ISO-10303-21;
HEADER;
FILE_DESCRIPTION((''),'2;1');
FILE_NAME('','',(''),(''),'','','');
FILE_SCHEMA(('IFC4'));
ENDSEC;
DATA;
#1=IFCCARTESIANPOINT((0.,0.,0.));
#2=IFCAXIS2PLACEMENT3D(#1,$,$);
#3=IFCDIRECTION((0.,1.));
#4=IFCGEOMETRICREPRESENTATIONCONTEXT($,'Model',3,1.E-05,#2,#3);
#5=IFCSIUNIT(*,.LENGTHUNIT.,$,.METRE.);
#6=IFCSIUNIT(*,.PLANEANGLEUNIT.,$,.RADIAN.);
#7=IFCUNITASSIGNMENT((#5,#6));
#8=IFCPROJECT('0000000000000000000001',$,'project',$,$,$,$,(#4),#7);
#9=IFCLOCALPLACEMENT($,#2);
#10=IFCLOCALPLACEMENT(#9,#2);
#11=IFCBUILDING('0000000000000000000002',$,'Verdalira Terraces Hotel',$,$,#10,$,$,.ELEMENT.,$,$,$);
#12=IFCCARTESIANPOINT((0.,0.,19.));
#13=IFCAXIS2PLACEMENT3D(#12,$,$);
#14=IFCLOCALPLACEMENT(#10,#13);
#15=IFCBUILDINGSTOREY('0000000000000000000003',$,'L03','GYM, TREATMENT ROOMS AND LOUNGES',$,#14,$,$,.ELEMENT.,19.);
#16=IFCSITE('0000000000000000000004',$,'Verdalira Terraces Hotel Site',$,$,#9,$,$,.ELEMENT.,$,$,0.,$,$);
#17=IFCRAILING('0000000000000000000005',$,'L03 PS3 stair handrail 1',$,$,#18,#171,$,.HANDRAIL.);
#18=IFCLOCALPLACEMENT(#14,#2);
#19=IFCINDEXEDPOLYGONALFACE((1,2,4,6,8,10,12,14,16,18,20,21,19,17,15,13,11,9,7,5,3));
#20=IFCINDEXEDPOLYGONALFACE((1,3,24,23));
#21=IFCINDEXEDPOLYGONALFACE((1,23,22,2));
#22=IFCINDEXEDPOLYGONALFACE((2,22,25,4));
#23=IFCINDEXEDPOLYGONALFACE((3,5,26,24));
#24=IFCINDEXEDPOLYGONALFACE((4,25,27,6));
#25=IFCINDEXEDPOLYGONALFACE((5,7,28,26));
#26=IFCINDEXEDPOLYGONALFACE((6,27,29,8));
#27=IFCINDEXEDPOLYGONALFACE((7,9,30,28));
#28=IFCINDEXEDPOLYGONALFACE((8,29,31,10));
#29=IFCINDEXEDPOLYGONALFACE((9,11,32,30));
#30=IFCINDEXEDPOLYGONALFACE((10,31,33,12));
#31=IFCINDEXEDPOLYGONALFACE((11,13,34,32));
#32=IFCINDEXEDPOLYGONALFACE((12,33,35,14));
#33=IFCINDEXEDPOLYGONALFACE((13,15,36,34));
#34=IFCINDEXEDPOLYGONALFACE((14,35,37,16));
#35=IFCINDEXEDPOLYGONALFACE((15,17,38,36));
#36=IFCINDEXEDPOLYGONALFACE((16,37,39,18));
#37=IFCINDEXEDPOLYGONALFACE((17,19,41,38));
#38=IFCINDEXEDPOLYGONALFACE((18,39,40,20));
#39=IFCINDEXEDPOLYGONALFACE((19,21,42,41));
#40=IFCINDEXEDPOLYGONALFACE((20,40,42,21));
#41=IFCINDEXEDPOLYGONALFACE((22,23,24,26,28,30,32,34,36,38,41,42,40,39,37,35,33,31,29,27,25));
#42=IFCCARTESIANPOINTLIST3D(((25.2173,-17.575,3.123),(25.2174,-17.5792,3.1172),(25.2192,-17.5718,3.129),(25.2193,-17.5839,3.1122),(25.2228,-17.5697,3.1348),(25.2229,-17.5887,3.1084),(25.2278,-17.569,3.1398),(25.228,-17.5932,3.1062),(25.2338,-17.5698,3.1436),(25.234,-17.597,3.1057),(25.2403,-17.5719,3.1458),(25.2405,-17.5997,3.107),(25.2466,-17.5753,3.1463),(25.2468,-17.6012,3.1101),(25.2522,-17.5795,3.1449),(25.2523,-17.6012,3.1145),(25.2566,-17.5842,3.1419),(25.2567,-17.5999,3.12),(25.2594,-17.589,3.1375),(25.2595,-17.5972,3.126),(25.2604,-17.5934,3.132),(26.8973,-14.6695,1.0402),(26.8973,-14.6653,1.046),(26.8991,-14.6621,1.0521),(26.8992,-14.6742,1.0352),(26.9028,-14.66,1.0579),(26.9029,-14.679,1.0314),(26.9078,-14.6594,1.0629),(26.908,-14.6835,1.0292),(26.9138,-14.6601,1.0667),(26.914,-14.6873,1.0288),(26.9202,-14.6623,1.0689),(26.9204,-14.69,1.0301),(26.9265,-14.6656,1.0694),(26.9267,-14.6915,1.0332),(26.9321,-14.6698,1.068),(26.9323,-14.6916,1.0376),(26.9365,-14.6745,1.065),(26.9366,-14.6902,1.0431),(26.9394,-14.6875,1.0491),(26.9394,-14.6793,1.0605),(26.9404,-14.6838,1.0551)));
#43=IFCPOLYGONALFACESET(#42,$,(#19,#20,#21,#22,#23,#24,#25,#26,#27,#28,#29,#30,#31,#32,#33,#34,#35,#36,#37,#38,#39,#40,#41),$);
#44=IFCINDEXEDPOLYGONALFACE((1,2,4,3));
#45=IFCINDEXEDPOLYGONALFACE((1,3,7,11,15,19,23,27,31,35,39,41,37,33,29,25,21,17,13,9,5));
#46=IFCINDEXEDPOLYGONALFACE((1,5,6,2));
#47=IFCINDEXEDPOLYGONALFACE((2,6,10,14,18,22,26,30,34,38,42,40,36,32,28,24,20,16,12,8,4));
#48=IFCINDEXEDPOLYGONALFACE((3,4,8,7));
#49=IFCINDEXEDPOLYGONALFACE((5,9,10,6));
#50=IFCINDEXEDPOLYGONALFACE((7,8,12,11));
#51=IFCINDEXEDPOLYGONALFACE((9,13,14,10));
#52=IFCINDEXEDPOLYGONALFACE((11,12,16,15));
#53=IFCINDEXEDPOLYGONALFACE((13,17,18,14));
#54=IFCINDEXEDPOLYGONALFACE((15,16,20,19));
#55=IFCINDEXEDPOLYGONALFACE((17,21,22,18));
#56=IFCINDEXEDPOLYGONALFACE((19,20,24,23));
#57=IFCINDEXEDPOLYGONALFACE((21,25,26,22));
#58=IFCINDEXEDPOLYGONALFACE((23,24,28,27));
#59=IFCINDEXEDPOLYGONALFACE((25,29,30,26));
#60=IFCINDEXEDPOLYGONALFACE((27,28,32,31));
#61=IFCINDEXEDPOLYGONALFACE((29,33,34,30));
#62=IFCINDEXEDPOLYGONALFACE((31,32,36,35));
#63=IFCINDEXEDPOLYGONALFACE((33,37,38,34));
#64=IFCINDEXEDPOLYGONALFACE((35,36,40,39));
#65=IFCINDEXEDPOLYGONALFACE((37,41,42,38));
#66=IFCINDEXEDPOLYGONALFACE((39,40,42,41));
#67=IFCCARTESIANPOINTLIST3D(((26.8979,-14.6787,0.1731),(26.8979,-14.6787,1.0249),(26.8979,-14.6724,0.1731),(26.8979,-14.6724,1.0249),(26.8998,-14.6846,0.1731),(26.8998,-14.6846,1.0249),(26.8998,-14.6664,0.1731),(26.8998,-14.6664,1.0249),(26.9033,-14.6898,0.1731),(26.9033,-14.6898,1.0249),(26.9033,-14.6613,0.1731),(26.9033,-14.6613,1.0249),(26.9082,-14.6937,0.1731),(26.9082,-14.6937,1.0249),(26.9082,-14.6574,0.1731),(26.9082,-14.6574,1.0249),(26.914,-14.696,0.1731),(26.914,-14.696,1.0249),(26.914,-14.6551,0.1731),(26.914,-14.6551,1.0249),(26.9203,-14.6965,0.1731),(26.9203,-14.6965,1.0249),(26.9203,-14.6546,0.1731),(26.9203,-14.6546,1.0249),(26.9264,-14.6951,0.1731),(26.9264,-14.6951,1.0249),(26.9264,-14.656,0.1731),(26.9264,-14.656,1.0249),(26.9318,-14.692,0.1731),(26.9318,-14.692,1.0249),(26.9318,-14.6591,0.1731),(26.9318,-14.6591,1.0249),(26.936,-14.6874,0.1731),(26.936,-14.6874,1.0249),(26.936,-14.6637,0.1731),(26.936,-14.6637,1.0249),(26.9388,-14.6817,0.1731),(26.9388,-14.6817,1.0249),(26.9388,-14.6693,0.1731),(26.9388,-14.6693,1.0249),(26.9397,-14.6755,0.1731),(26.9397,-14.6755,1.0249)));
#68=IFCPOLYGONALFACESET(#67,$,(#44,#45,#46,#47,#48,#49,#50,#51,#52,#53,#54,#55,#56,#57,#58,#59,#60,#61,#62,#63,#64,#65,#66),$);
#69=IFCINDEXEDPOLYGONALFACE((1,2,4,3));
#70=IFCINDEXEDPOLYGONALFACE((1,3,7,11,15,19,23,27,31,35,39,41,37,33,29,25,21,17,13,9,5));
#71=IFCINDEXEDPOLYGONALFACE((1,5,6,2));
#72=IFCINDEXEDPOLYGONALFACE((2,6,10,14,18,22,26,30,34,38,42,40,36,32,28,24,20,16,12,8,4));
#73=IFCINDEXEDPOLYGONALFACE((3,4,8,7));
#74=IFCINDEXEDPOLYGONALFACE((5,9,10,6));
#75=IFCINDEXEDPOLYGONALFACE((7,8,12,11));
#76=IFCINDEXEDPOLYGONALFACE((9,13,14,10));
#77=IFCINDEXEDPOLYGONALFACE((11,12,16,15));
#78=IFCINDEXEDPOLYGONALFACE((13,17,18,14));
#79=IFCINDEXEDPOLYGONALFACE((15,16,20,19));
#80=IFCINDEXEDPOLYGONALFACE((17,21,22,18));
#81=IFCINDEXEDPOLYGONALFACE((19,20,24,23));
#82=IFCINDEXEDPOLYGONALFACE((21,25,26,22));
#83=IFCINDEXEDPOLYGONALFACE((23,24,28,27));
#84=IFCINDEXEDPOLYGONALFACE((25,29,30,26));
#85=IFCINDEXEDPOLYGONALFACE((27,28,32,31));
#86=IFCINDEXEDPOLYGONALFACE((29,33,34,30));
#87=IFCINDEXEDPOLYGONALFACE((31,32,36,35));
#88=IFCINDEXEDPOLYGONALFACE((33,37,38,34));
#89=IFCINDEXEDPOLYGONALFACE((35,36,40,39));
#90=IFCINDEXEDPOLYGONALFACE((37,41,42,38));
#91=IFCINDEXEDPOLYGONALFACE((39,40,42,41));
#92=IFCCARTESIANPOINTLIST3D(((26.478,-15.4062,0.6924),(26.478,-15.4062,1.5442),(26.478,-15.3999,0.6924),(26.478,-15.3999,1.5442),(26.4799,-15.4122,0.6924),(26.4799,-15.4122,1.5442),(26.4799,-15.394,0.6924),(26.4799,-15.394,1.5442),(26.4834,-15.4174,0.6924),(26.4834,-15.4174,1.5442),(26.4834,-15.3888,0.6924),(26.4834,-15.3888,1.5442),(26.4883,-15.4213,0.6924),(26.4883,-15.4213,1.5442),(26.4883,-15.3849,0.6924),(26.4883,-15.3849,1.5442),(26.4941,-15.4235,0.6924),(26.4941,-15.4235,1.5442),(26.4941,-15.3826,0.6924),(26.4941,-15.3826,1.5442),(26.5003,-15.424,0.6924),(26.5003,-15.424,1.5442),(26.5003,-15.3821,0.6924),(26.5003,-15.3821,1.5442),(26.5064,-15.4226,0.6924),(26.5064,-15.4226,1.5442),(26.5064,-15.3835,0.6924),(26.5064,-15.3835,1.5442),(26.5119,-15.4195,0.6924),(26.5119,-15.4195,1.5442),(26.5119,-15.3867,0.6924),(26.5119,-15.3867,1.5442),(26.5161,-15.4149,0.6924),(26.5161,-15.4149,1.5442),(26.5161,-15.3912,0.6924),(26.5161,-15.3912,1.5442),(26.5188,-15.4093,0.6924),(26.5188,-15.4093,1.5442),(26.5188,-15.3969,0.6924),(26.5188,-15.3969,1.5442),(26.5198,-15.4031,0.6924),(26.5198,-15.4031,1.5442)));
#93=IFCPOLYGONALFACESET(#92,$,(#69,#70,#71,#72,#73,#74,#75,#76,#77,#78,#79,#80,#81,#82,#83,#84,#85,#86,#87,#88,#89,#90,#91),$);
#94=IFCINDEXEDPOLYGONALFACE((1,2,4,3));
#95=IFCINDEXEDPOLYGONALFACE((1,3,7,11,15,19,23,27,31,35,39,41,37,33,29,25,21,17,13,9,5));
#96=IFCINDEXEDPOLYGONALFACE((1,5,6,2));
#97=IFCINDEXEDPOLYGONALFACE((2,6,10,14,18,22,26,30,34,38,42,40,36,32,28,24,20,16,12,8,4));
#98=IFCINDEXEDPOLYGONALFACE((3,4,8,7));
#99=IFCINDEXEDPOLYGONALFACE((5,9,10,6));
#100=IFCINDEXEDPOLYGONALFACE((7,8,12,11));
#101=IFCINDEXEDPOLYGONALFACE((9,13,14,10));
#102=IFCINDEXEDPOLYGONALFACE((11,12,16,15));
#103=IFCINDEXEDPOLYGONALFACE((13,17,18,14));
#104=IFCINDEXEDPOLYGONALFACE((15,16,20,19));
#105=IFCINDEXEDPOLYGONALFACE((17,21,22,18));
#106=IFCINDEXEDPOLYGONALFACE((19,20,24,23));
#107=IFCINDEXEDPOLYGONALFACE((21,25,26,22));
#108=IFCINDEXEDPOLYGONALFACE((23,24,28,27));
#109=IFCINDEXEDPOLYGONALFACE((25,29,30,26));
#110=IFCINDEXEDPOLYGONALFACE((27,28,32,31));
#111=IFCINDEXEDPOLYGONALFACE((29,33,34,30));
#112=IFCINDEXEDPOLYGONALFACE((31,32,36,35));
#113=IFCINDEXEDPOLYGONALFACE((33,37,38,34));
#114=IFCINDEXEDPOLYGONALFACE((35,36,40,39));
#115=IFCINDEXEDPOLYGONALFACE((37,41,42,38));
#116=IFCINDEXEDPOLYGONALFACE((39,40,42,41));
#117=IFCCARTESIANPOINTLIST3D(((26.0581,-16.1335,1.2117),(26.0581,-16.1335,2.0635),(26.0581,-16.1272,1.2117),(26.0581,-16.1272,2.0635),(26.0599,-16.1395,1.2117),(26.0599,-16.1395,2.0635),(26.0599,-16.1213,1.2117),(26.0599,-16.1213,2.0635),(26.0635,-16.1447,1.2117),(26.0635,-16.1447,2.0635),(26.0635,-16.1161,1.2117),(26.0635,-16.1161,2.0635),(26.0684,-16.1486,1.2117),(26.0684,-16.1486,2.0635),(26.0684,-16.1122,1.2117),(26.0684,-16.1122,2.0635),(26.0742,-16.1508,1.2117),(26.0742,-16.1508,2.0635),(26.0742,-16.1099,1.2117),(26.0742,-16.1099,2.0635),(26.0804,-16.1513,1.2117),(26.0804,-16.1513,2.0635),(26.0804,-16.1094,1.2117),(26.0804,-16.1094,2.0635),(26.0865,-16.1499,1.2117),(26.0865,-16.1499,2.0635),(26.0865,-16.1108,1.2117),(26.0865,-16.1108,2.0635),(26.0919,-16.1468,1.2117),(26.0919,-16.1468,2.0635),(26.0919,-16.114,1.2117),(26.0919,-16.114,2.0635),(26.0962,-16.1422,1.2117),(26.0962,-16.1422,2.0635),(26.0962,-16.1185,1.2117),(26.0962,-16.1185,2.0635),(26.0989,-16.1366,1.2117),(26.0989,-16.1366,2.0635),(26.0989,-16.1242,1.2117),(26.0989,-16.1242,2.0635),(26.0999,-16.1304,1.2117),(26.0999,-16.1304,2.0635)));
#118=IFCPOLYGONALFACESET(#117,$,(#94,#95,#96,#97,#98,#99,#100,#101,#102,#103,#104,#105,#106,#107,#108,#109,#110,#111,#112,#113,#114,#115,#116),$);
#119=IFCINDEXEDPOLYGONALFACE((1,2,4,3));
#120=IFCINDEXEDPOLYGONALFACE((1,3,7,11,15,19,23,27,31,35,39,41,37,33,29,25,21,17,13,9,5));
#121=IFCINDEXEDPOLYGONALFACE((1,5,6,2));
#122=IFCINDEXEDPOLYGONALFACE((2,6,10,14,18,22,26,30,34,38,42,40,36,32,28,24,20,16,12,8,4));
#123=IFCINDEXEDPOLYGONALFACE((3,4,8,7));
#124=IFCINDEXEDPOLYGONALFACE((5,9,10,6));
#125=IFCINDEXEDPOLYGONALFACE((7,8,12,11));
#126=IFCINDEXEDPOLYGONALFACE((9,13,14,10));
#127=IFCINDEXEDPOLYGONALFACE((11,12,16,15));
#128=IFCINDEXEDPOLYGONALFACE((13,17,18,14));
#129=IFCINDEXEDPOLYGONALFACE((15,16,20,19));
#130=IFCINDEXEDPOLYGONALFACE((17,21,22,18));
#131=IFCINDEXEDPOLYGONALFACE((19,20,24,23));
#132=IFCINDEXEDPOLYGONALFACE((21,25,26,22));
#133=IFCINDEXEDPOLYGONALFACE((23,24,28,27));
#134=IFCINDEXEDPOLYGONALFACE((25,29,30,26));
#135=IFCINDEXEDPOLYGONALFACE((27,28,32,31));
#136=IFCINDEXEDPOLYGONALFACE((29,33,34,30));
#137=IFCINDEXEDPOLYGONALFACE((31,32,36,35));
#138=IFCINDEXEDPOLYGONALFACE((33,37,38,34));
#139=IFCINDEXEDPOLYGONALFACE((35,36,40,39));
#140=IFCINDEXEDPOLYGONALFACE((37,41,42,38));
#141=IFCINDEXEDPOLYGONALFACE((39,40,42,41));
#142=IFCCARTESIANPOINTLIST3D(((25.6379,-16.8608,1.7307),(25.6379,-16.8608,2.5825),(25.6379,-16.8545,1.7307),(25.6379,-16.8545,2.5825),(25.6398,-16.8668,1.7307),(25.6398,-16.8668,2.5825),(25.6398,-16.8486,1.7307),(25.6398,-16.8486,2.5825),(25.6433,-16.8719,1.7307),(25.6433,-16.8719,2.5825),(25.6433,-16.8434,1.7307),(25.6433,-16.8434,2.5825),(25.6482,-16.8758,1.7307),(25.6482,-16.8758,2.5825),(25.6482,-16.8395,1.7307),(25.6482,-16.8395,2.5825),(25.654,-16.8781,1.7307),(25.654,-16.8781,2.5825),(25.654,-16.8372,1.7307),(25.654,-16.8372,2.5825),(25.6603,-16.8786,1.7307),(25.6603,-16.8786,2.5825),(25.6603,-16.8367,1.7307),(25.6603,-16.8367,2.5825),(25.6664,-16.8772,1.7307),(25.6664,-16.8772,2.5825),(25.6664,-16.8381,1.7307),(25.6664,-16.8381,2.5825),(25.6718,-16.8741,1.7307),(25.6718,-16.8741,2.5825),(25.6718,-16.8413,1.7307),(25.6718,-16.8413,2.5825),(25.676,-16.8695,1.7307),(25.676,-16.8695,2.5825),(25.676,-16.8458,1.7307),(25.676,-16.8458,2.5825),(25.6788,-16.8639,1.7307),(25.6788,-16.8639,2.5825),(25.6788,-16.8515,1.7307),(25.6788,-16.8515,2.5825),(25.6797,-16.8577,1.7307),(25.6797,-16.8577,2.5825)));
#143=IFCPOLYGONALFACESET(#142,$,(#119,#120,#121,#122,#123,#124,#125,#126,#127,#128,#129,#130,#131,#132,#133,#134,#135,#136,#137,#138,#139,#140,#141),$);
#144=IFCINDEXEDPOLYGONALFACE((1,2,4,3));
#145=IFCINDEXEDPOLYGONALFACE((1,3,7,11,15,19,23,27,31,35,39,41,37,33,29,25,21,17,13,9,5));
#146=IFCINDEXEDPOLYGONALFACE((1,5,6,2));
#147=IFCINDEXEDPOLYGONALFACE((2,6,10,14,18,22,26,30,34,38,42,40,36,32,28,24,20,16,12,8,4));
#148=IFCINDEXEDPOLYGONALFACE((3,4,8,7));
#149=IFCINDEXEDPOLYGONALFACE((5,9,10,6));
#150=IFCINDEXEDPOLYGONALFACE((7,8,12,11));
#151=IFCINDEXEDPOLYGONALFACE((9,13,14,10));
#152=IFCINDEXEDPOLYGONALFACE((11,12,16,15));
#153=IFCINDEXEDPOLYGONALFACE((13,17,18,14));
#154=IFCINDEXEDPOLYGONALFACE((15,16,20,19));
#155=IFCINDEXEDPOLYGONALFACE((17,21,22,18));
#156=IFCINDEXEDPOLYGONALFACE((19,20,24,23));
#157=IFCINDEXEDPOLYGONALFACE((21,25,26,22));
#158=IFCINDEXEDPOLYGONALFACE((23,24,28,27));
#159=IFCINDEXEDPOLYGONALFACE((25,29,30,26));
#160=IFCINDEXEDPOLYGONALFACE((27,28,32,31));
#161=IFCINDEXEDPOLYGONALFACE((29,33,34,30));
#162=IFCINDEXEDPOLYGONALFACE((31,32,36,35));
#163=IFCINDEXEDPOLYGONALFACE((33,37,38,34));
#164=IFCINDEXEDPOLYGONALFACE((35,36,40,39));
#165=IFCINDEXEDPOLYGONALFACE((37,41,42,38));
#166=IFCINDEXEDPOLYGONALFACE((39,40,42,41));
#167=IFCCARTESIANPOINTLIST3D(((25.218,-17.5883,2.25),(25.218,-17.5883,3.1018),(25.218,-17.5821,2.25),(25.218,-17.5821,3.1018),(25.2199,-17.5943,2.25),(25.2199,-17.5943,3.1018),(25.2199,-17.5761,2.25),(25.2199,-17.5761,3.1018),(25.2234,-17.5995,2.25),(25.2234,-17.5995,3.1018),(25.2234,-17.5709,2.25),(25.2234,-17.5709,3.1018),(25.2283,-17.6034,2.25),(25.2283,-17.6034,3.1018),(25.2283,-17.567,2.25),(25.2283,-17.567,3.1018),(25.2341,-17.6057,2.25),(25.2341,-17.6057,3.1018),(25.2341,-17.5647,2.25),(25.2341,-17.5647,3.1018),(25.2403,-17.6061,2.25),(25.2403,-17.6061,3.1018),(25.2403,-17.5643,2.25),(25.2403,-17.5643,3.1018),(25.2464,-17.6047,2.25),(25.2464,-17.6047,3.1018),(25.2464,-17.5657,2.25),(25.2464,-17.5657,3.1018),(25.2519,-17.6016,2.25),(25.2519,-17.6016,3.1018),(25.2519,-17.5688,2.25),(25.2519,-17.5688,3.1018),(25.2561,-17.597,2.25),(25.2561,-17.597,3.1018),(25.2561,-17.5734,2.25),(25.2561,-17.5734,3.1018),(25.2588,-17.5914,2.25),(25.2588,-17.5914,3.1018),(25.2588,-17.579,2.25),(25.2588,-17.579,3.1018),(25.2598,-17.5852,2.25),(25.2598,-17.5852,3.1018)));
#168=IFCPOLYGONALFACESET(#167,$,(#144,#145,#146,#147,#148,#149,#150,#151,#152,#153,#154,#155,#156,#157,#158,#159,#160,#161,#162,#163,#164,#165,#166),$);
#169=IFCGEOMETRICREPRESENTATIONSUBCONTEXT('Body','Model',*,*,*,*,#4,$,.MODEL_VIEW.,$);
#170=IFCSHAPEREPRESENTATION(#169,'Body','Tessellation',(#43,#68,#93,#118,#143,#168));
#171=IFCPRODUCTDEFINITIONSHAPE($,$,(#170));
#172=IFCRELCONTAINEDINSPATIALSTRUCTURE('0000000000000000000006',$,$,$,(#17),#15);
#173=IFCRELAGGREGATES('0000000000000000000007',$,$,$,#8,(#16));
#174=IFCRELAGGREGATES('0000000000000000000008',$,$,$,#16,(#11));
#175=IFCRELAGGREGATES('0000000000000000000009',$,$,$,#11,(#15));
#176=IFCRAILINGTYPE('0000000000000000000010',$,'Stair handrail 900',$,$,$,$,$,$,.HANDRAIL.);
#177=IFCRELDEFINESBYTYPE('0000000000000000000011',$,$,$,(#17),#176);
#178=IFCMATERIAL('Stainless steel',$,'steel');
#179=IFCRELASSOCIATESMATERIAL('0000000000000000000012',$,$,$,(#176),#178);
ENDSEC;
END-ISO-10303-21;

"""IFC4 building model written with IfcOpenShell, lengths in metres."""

from ifc_helpers import new_model, si_unit, direction, frame, origin, origin_2d, place, context, subcontext, project, spatial, circle, extrude, material, type_object, element, save


model = new_model("IFC4")

# Units and contexts
model_context = context("Model", 3, precision=1e-05, world=origin(), true_north=direction((0.0, 1.0)))
body_context = subcontext(model_context, "Body", "Model", "MODEL_VIEW")
ifc_project = project(units=[si_unit("LENGTHUNIT", "METRE"), si_unit("PLANEANGLEUNIT", "RADIAN")], contexts=[model_context])

# Site, building, storey
site_placement = place(None, origin())
site = spatial("IfcSite", under=ifc_project, at=site_placement, Name="Verdalira Terraces Hotel Site", CompositionType="ELEMENT", RefElevation=0.0)
building_placement = place(site_placement, origin())
building = spatial("IfcBuilding", under=site, at=building_placement, Name="Verdalira Terraces Hotel", CompositionType="ELEMENT")
storey_placement = place(building_placement, frame((0.0, 0.0, 19.0)))
storey = spatial("IfcBuildingStorey", under=building, at=storey_placement, Name="L03", Description="GYM, TREATMENT ROOMS AND LOUNGES", CompositionType="ELEMENT", Elevation=19.0)

# Railing
ifc_material_1 = material(Name="Stainless steel", Category="steel")
railing_type_1 = type_object("IfcRailingType", Name="Stair handrail 900", PredefinedType="HANDRAIL", material=ifc_material_1)
railing_1_placement = place(storey_placement, frame((26.9187, -14.6755, 0.1731)))
element("IfcRailing", 1, at=railing_1_placement, inside=storey, type_object=railing_type_1, Name="L03 PS3 stair handrail 1", PredefinedType="HANDRAIL", context=body_context, shape_type="SweptSolid", body=[
    extrude(circle(Radius=0.0239, at=origin_2d()), frame((0.0, 0.0, 0.876), z_axis=(-0.425308, -0.73664, 0.525809), x_axis=(0.866021, -0.500008, 0.0)), (0.0, 0.0, 1.0), 3.95),
    extrude(circle(Radius=0.021, at=origin_2d()), origin(), (0.0, 0.0, 1.0), 0.8518),
    extrude(circle(Radius=0.021, at=origin_2d()), frame((-0.4199, -0.7275, 0.5193)), (0.0, 0.0, 1.0), 0.8518),
    extrude(circle(Radius=0.021, at=origin_2d()), frame((-0.8398, -1.4548, 1.0386)), (0.0, 0.0, 1.0), 0.8518),
    extrude(circle(Radius=0.021, at=origin_2d()), frame((-1.26, -2.1821, 1.5576)), (0.0, 0.0, 1.0), 0.8518),
    extrude(circle(Radius=0.021, at=origin_2d()), frame((-1.6799, -2.9097, 2.0769)), (0.0, 0.0, 1.0), 0.8518),
])

save(model, "model.ifc")
